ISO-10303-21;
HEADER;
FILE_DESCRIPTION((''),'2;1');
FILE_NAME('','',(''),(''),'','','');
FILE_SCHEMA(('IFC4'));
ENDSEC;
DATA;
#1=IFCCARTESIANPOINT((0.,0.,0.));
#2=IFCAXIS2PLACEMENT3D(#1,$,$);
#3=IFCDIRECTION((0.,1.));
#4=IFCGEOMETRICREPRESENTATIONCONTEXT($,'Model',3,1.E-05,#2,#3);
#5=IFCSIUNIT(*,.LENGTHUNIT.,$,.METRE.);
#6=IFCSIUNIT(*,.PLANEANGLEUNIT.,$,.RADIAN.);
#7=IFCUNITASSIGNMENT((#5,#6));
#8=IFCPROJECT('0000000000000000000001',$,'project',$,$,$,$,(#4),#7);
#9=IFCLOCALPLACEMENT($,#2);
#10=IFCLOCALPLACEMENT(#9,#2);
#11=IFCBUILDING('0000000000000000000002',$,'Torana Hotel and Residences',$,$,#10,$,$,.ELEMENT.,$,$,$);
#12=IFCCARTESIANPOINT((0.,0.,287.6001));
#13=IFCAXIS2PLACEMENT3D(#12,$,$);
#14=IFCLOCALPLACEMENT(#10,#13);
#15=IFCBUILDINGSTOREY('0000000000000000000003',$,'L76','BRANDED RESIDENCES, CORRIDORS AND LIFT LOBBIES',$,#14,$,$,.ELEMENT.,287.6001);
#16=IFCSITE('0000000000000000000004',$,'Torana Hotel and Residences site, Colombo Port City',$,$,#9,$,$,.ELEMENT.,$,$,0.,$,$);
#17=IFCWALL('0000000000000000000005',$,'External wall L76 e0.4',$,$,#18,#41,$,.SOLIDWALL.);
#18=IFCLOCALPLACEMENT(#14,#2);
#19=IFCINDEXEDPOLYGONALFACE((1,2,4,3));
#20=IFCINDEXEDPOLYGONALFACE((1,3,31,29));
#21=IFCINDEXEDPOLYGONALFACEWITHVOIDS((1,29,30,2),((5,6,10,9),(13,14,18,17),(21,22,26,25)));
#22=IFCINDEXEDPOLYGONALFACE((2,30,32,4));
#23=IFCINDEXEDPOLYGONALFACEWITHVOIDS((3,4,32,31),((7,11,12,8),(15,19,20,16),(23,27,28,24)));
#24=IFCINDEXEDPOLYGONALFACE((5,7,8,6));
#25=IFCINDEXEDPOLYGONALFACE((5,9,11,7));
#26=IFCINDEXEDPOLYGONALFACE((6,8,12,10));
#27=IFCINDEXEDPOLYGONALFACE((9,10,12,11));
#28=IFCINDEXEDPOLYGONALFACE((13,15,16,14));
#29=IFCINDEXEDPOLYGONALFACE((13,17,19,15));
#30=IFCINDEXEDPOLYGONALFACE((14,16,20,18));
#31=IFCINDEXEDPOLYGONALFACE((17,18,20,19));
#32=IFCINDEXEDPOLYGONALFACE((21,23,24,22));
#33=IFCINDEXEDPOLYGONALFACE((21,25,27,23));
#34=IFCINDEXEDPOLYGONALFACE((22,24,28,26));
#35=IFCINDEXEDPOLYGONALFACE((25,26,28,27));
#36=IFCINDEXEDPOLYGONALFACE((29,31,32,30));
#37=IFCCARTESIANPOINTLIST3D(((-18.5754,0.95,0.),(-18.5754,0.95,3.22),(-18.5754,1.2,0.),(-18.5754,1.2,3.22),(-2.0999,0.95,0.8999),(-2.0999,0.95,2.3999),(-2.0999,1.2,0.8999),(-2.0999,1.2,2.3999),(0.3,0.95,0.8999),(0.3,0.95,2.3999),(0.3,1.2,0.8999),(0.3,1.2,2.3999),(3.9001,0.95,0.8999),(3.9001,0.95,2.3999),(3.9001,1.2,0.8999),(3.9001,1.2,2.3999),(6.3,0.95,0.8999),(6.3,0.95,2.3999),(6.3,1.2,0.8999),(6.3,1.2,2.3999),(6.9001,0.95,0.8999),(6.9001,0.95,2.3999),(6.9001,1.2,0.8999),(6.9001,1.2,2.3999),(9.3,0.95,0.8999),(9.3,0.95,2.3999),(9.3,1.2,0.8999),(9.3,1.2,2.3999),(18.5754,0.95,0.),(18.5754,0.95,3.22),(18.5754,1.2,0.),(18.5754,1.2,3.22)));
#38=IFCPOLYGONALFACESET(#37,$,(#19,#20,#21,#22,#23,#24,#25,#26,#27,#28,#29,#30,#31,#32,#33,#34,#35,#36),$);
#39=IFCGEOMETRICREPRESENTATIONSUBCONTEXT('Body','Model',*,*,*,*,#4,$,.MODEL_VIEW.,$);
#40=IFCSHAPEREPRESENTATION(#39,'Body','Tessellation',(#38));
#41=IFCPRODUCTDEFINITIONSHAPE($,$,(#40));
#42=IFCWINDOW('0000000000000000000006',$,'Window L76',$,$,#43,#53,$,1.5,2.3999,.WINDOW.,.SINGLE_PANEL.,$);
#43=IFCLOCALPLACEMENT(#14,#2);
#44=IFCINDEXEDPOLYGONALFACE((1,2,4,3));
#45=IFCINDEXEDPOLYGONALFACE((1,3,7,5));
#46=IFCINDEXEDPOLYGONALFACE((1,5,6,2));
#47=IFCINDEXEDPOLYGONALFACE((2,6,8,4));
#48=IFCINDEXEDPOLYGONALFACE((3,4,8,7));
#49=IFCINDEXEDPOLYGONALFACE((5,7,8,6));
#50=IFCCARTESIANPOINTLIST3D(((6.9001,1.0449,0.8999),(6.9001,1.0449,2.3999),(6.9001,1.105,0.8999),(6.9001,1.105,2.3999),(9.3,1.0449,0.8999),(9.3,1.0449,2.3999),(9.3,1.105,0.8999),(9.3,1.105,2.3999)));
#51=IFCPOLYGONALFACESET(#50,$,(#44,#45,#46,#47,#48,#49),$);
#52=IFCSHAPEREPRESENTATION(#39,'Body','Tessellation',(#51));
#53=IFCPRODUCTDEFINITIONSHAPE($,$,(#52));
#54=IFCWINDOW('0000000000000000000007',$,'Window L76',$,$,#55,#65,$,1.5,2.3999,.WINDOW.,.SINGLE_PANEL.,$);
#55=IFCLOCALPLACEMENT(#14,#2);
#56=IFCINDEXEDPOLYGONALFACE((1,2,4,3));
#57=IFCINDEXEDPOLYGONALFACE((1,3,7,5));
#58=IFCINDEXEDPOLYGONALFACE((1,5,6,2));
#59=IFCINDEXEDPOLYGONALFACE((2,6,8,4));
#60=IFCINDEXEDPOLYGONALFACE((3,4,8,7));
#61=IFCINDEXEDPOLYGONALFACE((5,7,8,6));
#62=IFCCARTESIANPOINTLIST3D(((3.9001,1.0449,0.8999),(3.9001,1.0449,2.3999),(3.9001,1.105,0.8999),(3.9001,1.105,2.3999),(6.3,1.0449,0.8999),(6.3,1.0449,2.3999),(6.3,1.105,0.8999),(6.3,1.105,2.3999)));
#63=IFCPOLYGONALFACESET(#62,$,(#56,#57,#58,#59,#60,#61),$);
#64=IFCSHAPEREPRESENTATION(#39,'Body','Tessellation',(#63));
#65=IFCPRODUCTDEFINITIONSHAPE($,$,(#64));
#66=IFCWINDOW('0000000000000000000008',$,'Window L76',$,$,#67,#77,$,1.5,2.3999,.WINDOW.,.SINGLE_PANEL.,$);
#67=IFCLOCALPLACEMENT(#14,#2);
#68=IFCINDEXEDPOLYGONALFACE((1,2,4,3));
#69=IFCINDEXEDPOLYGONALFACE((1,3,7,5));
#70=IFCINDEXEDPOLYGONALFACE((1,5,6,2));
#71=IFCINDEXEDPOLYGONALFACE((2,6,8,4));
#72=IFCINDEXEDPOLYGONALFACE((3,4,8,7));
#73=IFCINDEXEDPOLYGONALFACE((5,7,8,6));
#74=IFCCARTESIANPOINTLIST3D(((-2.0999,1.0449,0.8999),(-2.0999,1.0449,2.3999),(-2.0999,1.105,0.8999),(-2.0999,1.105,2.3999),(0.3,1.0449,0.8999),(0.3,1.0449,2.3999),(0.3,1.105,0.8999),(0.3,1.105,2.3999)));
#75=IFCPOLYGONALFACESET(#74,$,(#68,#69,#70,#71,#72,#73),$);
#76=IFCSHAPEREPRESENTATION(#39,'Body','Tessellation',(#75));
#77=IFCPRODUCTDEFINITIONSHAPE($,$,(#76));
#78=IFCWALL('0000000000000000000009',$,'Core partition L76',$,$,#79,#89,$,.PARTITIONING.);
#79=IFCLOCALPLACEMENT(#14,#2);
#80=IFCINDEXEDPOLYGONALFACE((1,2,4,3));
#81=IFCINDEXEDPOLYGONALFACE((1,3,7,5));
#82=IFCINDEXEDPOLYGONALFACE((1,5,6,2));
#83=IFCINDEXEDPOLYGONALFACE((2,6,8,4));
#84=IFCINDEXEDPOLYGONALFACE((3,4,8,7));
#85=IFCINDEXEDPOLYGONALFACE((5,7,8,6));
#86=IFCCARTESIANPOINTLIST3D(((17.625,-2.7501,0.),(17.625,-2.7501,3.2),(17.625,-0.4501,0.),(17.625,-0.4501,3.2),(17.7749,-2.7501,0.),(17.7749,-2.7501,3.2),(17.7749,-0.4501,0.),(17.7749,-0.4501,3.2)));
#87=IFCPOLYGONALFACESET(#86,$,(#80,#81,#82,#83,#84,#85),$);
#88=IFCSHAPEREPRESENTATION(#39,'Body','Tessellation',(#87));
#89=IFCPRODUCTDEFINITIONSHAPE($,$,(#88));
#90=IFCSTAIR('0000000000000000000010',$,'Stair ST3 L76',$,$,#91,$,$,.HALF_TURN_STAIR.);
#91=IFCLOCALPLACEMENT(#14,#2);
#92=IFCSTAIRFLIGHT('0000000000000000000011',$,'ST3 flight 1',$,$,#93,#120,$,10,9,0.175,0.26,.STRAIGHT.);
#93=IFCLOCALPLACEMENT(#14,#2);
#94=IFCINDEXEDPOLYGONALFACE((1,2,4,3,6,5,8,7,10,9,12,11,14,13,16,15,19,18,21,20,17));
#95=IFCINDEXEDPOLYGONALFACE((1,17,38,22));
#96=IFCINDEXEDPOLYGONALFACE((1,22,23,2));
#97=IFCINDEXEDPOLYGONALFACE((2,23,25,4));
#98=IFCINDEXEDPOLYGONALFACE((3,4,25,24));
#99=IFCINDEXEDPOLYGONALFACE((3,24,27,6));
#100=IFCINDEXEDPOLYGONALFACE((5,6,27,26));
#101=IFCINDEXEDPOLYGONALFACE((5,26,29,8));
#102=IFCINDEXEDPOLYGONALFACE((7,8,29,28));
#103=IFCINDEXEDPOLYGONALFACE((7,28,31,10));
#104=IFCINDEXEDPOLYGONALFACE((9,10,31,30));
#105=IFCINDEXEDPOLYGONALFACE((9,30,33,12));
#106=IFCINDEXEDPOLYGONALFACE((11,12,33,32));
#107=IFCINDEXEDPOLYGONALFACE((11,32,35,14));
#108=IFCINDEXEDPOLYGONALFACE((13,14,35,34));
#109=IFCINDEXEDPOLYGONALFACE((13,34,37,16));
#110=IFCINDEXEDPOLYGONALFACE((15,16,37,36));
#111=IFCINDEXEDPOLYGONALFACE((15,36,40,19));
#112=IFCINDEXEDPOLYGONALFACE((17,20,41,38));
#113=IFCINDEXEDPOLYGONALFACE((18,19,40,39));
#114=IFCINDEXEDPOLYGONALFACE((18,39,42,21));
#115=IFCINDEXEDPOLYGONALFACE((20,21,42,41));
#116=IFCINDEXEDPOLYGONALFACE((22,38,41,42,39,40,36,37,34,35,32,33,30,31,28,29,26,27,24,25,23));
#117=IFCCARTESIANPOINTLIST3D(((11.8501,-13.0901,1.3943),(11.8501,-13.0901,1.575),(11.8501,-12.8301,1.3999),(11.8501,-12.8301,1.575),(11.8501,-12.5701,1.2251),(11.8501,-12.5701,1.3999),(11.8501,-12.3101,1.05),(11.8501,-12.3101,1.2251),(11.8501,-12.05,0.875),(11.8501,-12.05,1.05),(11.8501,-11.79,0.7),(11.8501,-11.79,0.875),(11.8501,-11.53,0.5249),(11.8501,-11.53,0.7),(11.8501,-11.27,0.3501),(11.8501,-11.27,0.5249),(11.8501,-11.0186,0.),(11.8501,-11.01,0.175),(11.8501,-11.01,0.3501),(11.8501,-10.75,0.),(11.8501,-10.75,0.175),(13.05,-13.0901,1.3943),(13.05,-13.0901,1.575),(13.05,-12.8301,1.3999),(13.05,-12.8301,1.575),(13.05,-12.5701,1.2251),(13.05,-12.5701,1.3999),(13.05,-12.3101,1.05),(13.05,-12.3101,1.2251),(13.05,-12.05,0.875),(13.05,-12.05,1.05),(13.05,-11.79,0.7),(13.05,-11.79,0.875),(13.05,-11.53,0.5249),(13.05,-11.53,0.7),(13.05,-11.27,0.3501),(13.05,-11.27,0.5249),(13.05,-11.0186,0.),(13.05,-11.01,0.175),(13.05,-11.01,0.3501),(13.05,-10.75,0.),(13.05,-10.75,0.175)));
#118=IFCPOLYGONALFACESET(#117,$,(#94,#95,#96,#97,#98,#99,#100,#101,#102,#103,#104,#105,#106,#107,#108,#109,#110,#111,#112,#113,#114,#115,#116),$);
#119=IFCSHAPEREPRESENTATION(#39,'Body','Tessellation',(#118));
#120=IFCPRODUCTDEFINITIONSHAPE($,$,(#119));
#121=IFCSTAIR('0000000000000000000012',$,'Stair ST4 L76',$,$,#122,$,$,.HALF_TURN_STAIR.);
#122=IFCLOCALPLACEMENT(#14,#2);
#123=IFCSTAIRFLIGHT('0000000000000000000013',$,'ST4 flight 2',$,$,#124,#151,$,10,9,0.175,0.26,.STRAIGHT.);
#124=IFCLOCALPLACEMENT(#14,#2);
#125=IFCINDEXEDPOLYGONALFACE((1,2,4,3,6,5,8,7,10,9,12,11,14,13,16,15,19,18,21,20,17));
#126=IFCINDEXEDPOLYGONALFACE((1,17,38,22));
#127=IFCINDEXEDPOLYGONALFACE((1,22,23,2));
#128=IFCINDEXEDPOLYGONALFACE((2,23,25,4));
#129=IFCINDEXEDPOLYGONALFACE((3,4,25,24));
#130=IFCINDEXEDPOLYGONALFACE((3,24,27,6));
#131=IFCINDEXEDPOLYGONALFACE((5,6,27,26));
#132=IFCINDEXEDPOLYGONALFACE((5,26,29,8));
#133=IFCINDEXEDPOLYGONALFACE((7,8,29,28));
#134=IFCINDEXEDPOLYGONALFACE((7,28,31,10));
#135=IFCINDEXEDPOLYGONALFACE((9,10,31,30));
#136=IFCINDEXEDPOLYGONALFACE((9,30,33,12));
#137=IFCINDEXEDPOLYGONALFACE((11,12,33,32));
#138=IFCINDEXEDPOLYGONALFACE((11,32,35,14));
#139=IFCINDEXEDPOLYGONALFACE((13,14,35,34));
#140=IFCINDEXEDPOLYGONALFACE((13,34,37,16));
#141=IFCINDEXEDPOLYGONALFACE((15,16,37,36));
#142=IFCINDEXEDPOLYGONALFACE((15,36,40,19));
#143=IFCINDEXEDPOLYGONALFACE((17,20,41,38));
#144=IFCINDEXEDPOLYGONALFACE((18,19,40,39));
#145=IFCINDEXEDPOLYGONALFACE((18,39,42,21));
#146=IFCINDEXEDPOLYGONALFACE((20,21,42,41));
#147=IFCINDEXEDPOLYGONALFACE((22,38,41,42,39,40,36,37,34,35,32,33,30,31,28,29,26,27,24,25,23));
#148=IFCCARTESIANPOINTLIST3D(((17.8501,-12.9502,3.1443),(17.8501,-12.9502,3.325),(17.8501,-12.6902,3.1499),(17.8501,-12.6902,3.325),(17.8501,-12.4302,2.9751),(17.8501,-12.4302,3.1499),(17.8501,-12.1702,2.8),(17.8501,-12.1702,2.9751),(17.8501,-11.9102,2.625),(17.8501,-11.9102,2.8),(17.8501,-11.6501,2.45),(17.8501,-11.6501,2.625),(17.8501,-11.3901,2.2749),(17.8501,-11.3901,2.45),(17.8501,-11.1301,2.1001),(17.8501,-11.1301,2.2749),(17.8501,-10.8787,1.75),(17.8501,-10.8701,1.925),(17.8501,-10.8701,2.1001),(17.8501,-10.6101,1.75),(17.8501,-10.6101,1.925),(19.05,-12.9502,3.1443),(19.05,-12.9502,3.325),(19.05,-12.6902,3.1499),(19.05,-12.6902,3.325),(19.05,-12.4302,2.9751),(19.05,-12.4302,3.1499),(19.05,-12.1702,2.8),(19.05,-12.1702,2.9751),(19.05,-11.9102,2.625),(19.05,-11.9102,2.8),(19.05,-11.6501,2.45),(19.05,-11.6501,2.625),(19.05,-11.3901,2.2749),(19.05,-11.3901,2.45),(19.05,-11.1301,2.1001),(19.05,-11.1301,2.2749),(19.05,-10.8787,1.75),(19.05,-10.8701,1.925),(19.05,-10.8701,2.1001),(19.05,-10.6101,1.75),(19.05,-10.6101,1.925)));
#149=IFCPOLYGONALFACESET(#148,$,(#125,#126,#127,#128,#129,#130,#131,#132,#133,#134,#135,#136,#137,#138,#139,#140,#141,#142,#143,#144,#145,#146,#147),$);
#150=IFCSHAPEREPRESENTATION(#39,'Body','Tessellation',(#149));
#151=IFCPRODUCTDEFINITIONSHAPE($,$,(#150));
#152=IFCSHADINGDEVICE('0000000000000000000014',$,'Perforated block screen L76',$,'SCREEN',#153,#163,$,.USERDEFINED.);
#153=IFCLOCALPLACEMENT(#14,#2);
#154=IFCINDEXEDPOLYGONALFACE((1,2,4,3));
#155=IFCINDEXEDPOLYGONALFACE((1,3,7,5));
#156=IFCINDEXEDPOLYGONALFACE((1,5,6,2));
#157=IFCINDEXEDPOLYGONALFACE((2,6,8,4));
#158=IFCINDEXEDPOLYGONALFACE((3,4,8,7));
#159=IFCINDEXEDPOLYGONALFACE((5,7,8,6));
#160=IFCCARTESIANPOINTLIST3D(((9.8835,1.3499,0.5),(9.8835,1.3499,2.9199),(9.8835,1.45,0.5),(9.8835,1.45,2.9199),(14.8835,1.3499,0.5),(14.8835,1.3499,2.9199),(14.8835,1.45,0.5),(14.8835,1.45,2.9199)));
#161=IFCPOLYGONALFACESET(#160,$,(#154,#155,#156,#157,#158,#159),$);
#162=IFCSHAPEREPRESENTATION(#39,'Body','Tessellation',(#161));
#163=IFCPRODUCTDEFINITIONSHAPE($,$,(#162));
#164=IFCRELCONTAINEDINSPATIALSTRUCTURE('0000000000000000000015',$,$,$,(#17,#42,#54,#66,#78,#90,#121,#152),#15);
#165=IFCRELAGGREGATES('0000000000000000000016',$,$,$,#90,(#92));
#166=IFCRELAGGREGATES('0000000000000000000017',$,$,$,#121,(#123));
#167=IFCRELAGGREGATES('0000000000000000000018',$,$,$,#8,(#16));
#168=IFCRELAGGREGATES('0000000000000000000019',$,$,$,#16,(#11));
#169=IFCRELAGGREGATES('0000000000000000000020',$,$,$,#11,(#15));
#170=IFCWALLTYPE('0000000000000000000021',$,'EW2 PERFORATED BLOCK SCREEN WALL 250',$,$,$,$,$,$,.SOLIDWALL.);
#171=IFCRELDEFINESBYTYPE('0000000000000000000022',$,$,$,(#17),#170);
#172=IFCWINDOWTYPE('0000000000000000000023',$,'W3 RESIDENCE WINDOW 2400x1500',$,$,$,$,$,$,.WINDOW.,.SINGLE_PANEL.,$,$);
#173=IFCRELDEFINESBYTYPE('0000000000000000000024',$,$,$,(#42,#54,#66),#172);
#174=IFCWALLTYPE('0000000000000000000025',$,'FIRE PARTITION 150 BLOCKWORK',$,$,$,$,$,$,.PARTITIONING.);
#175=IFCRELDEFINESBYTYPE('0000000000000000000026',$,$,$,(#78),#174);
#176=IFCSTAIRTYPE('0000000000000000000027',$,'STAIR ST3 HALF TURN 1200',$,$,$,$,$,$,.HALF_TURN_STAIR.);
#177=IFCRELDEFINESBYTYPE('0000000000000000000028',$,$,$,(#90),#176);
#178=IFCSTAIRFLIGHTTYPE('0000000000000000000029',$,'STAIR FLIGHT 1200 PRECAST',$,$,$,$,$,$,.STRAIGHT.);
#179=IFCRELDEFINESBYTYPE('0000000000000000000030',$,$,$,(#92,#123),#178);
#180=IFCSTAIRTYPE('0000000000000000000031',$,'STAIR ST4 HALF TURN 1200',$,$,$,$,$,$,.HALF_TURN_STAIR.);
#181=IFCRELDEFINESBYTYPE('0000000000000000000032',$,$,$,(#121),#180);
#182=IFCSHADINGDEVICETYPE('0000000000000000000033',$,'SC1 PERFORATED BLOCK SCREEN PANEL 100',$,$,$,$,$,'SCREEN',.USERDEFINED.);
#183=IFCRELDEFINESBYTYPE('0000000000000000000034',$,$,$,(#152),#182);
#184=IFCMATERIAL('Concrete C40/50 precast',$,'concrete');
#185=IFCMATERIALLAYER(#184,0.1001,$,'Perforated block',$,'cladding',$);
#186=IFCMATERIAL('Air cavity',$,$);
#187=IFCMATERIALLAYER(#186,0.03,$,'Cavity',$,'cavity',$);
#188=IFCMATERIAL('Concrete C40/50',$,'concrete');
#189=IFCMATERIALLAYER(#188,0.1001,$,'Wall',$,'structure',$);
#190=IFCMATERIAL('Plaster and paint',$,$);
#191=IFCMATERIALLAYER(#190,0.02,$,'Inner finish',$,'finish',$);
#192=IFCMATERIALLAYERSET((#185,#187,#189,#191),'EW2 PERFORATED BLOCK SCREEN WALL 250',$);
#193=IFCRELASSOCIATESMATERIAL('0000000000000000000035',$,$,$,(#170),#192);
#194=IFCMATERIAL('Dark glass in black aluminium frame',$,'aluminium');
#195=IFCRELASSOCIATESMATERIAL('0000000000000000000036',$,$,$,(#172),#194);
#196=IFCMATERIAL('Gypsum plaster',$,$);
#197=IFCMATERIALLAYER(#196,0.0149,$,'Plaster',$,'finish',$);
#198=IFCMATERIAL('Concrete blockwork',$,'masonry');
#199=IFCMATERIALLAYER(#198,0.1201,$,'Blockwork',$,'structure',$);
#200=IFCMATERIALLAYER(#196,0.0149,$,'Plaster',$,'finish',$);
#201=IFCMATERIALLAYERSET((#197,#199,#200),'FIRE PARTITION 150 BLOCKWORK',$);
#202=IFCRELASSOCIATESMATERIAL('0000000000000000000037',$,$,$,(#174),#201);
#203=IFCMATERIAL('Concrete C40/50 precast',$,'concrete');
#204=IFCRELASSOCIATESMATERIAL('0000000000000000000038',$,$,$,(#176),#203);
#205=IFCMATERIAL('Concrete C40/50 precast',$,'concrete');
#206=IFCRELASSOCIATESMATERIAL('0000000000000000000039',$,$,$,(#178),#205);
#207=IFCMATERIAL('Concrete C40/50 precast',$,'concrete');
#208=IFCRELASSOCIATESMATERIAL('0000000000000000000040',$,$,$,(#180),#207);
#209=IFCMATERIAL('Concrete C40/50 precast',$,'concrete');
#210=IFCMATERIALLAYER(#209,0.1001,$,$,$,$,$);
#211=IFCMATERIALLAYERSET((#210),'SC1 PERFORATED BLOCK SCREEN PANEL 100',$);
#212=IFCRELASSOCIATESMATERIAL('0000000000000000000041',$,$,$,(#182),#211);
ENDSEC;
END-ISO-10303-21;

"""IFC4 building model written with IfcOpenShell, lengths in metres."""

from ifc_helpers import new_model, si_unit, direction, frame, frame_2d, origin, origin_2d, place, context, subcontext, project, spatial, polyline, rectangle, outline, extrude, material, layer, layer_set, type_object, element, fill, aggregate, save


model = new_model("IFC4")

# Units and contexts
model_context = context("Model", 3, precision=1e-05, world=origin(), true_north=direction((0.0, 1.0)))
body_context = subcontext(model_context, "Body", "Model", "MODEL_VIEW")
ifc_project = project(units=[si_unit("LENGTHUNIT", "METRE"), si_unit("PLANEANGLEUNIT", "RADIAN")], contexts=[model_context])

# Site, building, storey
site_placement = place(None, origin())
site = spatial("IfcSite", under=ifc_project, at=site_placement, Name="Torana Hotel and Residences site, Colombo Port City", CompositionType="ELEMENT", RefElevation=0.0)
building_placement = place(site_placement, origin())
building = spatial("IfcBuilding", under=site, at=building_placement, Name="Torana Hotel and Residences", CompositionType="ELEMENT")
storey_placement = place(building_placement, frame((0.0, 0.0, 287.6001)))
storey = spatial("IfcBuildingStorey", under=building, at=storey_placement, Name="L76", Description="BRANDED RESIDENCES, CORRIDORS AND LIFT LOBBIES", CompositionType="ELEMENT", Elevation=287.6001)

# Wall, openings, windows
ifc_material_1 = material(Name="Concrete C40/50 precast", Category="concrete")
ifc_layer_1 = layer(ifc_material_1, 0.1001, Name="Perforated block", Category="cladding")
ifc_material_2 = material(Name="Air cavity")
ifc_layer_2 = layer(ifc_material_2, 0.03, Name="Cavity", Category="cavity")
ifc_material_3 = material(Name="Concrete C40/50", Category="concrete")
ifc_layer_3 = layer(ifc_material_3, 0.1001, Name="Wall", Category="structure")
ifc_material_4 = material(Name="Plaster and paint")
ifc_layer_4 = layer(ifc_material_4, 0.02, Name="Inner finish", Category="finish")
ifc_layer_set_1 = layer_set([ifc_layer_1, ifc_layer_2, ifc_layer_3, ifc_layer_4], Name="EW2 PERFORATED BLOCK SCREEN WALL 250")
wall_type_1 = type_object("IfcWallType", Name="EW2 PERFORATED BLOCK SCREEN WALL 250", PredefinedType="SOLIDWALL", material=ifc_layer_set_1)
wall_1_placement = place(storey_placement, frame((18.5754, 1.075, 0.0), z_axis=(0.0, 0.0, 1.0), x_axis=(-1.0, 0.0, 0.0)))
wall_1 = element("IfcWall", 1, at=wall_1_placement, inside=storey, type_object=wall_type_1, Name="External wall L76 e0.4", PredefinedType="SOLIDWALL", context=body_context, shape_type="SweptSolid", body=[
    extrude(rectangle(XDim=37.1509, YDim=0.25, at=frame_2d((18.5754, 0.0))), origin(), (0.0, 0.0, 1.0), 3.22),
])
opening_1_placement = place(wall_1_placement, frame((9.2754, 0.0, 0.8999)))
opening_1 = element("IfcOpeningElement", 2, at=opening_1_placement, cuts=wall_1, PredefinedType="OPENING", context=body_context, shape_type="SweptSolid", body=[
    extrude(rectangle(XDim=2.3999, YDim=1.5, at=frame_2d((1.2, 0.75))), frame((0.0, 0.135, 0.0), z_axis=(0.0, -1.0, 0.0), x_axis=(1.0, 0.0, 0.0)), (0.0, 0.0, 1.0), 0.27),
])
opening_2_placement = place(wall_1_placement, frame((12.2754, 0.0, 0.8999)))
opening_2 = element("IfcOpeningElement", 3, at=opening_2_placement, cuts=wall_1, PredefinedType="OPENING", context=body_context, shape_type="SweptSolid", body=[
    extrude(rectangle(XDim=2.3999, YDim=1.5, at=frame_2d((1.2, 0.75))), frame((0.0, 0.135, 0.0), z_axis=(0.0, -1.0, 0.0), x_axis=(1.0, 0.0, 0.0)), (0.0, 0.0, 1.0), 0.27),
])
opening_3_placement = place(wall_1_placement, frame((18.2754, 0.0, 0.8999)))
opening_3 = element("IfcOpeningElement", 4, at=opening_3_placement, cuts=wall_1, PredefinedType="OPENING", context=body_context, shape_type="SweptSolid", body=[
    extrude(rectangle(XDim=2.3999, YDim=1.5, at=frame_2d((1.2, 0.75))), frame((0.0, 0.135, 0.0), z_axis=(0.0, -1.0, 0.0), x_axis=(1.0, 0.0, 0.0)), (0.0, 0.0, 1.0), 0.27),
])
ifc_material_5 = material(Name="Dark glass in black aluminium frame", Category="aluminium")
window_type = type_object("IfcWindowType", Name="W3 RESIDENCE WINDOW 2400x1500", PartitioningType="SINGLE_PANEL", PredefinedType="WINDOW", material=ifc_material_5)
window_1_placement = place(opening_1_placement, origin())
window_1 = element("IfcWindow", 5, at=window_1_placement, inside=storey, type_object=window_type, Name="Window L76", OverallHeight=1.5, OverallWidth=2.3999, PartitioningType="SINGLE_PANEL", PredefinedType="WINDOW", context=body_context, shape_type="SweptSolid", body=[
    extrude(rectangle(XDim=2.3999, YDim=1.5, at=frame_2d((1.2, 0.75))), frame((0.0, 0.03, 0.0), z_axis=(0.0, -1.0, 0.0), x_axis=(1.0, 0.0, 0.0)), (0.0, 0.0, 1.0), 0.0601),
])
fill(opening_1, window_1)
window_2_placement = place(opening_2_placement, origin())
window_2 = element("IfcWindow", 6, at=window_2_placement, inside=storey, type_object=window_type, Name="Window L76", OverallHeight=1.5, OverallWidth=2.3999, PartitioningType="SINGLE_PANEL", PredefinedType="WINDOW", context=body_context, shape_type="SweptSolid", body=[
    extrude(rectangle(XDim=2.3999, YDim=1.5, at=frame_2d((1.2, 0.75))), frame((0.0, 0.03, 0.0), z_axis=(0.0, -1.0, 0.0), x_axis=(1.0, 0.0, 0.0)), (0.0, 0.0, 1.0), 0.0601),
])
fill(opening_2, window_2)
window_3_placement = place(opening_3_placement, origin())
window_3 = element("IfcWindow", 7, at=window_3_placement, inside=storey, type_object=window_type, Name="Window L76", OverallHeight=1.5, OverallWidth=2.3999, PartitioningType="SINGLE_PANEL", PredefinedType="WINDOW", context=body_context, shape_type="SweptSolid", body=[
    extrude(rectangle(XDim=2.3999, YDim=1.5, at=frame_2d((1.2, 0.75))), frame((0.0, 0.03, 0.0), z_axis=(0.0, -1.0, 0.0), x_axis=(1.0, 0.0, 0.0)), (0.0, 0.0, 1.0), 0.0601),
])
fill(opening_3, window_3)

# Wall
ifc_material_6 = material(Name="Gypsum plaster")
ifc_layer_5 = layer(ifc_material_6, 0.0149, Name="Plaster", Category="finish")
ifc_material_7 = material(Name="Concrete blockwork", Category="masonry")
ifc_layer_6 = layer(ifc_material_7, 0.1201, Name="Blockwork", Category="structure")
ifc_layer_7 = layer(ifc_material_6, 0.0149, Name="Plaster", Category="finish")
ifc_layer_set_2 = layer_set([ifc_layer_5, ifc_layer_6, ifc_layer_7], Name="FIRE PARTITION 150 BLOCKWORK")
wall_type_2 = type_object("IfcWallType", Name="FIRE PARTITION 150 BLOCKWORK", PredefinedType="PARTITIONING", material=ifc_layer_set_2)
wall_2_placement = place(storey_placement, frame((17.7, -2.75, 0.0), z_axis=(0.0, 0.0, 1.0), x_axis=(0.0, 1.0, 0.0)))
element("IfcWall", 8, at=wall_2_placement, inside=storey, type_object=wall_type_2, Name="Core partition L76", PredefinedType="PARTITIONING", context=body_context, shape_type="SweptSolid", body=[
    extrude(rectangle(XDim=2.3, YDim=0.1499, at=frame_2d((1.1499, 0.0))), origin(), (0.0, 0.0, 1.0), 3.2),
])

# Stairs, stair flights
ifc_material_8 = material(Name="Concrete C40/50 precast", Category="concrete")
stair_type_1 = type_object("IfcStairType", Name="STAIR ST3 HALF TURN 1200", PredefinedType="HALF_TURN_STAIR", material=ifc_material_8)
stair_1_placement = place(storey_placement, origin())
stair_1 = element("IfcStair", 9, at=stair_1_placement, inside=storey, type_object=stair_type_1, Name="Stair ST3 L76", PredefinedType="HALF_TURN_STAIR")
ifc_material_9 = material(Name="Concrete C40/50 precast", Category="concrete")
stair_flight_type = type_object("IfcStairFlightType", Name="STAIR FLIGHT 1200 PRECAST", PredefinedType="STRAIGHT", material=ifc_material_9)
stair_flight_1_placement = place(storey_placement, frame((12.45, -10.75, 0.0), z_axis=(0.0, 0.0, 1.0), x_axis=(0.0, -1.0, 0.0)))
stair_flight_1 = element("IfcStairFlight", 10, at=stair_flight_1_placement, type_object=stair_flight_type, Name="ST3 flight 1", NumberOfRisers=10, NumberOfTreads=9, PredefinedType="STRAIGHT", RiserHeight=0.175, TreadLength=0.26, context=body_context, shape_type="SweptSolid", body=[
    extrude(outline(polyline([(0.0, 0.0), (0.0, 0.175), (0.26, 0.175), (0.26, 0.3501), (0.52, 0.3501), (0.52, 0.5249), (0.78, 0.5249), (0.78, 0.7), (1.04, 0.7), (1.04, 0.875), (1.3, 0.875), (1.3, 1.05), (1.5601, 1.05), (1.5601, 1.2251), (1.8201, 1.2251), (1.8201, 1.3999), (2.0801, 1.3999), (2.0801, 1.575), (2.3401, 1.575), (2.3401, 1.75), (2.3401, 1.3943), (0.2686, 0.0), (0.0, 0.0)])), frame((0.0, 0.6001, 0.0), z_axis=(0.0, -1.0, 0.0), x_axis=(1.0, 0.0, 0.0)), (0.0, 0.0, 1.0), 1.2),
])
aggregate(stair_1, [stair_flight_1])
ifc_material_10 = material(Name="Concrete C40/50 precast", Category="concrete")
stair_type_2 = type_object("IfcStairType", Name="STAIR ST4 HALF TURN 1200", PredefinedType="HALF_TURN_STAIR", material=ifc_material_10)
stair_2_placement = place(storey_placement, origin())
stair_2 = element("IfcStair", 11, at=stair_2_placement, inside=storey, type_object=stair_type_2, Name="Stair ST4 L76", PredefinedType="HALF_TURN_STAIR")
stair_flight_2_placement = place(storey_placement, frame((18.45, -10.6101, 1.75), z_axis=(0.0, 0.0, 1.0), x_axis=(0.0, -1.0, 0.0)))
stair_flight_2 = element("IfcStairFlight", 12, at=stair_flight_2_placement, type_object=stair_flight_type, Name="ST4 flight 2", NumberOfRisers=10, NumberOfTreads=9, PredefinedType="STRAIGHT", RiserHeight=0.175, TreadLength=0.26, context=body_context, shape_type="SweptSolid", body=[
    extrude(outline(polyline([(0.0, 0.0), (0.0, 0.175), (0.26, 0.175), (0.26, 0.3501), (0.52, 0.3501), (0.52, 0.5249), (0.78, 0.5249), (0.78, 0.7), (1.04, 0.7), (1.04, 0.875), (1.3, 0.875), (1.3, 1.05), (1.5601, 1.05), (1.5601, 1.2251), (1.8201, 1.2251), (1.8201, 1.3999), (2.0801, 1.3999), (2.0801, 1.575), (2.3401, 1.575), (2.3401, 1.75), (2.3401, 1.3943), (0.2686, 0.0), (0.0, 0.0)])), frame((0.0, 0.6001, 0.0), z_axis=(0.0, -1.0, 0.0), x_axis=(1.0, 0.0, 0.0)), (0.0, 0.0, 1.0), 1.2),
])
aggregate(stair_2, [stair_flight_2])

# Shading device
ifc_material_11 = material(Name="Concrete C40/50 precast", Category="concrete")
ifc_layer_8 = layer(ifc_material_11, 0.1001)
ifc_layer_set_3 = layer_set([ifc_layer_8], Name="SC1 PERFORATED BLOCK SCREEN PANEL 100")
shading_device_type = type_object("IfcShadingDeviceType", Name="SC1 PERFORATED BLOCK SCREEN PANEL 100", ElementType="SCREEN", PredefinedType="USERDEFINED", material=ifc_layer_set_3)
shading_device_placement = place(storey_placement, frame((12.3835, 1.3999, 0.5), z_axis=(0.0, 0.0, 1.0), x_axis=(-1.0, 0.0, 0.0)))
element("IfcShadingDevice", 13, at=shading_device_placement, inside=storey, type_object=shading_device_type, Name="Perforated block screen L76", ObjectType="SCREEN", PredefinedType="USERDEFINED", context=body_context, shape_type="SweptSolid", body=[
    extrude(rectangle(XDim=5.0, YDim=0.1001, at=origin_2d()), origin(), (0.0, 0.0, 1.0), 2.4199),
])

save(model, "model.ifc")
